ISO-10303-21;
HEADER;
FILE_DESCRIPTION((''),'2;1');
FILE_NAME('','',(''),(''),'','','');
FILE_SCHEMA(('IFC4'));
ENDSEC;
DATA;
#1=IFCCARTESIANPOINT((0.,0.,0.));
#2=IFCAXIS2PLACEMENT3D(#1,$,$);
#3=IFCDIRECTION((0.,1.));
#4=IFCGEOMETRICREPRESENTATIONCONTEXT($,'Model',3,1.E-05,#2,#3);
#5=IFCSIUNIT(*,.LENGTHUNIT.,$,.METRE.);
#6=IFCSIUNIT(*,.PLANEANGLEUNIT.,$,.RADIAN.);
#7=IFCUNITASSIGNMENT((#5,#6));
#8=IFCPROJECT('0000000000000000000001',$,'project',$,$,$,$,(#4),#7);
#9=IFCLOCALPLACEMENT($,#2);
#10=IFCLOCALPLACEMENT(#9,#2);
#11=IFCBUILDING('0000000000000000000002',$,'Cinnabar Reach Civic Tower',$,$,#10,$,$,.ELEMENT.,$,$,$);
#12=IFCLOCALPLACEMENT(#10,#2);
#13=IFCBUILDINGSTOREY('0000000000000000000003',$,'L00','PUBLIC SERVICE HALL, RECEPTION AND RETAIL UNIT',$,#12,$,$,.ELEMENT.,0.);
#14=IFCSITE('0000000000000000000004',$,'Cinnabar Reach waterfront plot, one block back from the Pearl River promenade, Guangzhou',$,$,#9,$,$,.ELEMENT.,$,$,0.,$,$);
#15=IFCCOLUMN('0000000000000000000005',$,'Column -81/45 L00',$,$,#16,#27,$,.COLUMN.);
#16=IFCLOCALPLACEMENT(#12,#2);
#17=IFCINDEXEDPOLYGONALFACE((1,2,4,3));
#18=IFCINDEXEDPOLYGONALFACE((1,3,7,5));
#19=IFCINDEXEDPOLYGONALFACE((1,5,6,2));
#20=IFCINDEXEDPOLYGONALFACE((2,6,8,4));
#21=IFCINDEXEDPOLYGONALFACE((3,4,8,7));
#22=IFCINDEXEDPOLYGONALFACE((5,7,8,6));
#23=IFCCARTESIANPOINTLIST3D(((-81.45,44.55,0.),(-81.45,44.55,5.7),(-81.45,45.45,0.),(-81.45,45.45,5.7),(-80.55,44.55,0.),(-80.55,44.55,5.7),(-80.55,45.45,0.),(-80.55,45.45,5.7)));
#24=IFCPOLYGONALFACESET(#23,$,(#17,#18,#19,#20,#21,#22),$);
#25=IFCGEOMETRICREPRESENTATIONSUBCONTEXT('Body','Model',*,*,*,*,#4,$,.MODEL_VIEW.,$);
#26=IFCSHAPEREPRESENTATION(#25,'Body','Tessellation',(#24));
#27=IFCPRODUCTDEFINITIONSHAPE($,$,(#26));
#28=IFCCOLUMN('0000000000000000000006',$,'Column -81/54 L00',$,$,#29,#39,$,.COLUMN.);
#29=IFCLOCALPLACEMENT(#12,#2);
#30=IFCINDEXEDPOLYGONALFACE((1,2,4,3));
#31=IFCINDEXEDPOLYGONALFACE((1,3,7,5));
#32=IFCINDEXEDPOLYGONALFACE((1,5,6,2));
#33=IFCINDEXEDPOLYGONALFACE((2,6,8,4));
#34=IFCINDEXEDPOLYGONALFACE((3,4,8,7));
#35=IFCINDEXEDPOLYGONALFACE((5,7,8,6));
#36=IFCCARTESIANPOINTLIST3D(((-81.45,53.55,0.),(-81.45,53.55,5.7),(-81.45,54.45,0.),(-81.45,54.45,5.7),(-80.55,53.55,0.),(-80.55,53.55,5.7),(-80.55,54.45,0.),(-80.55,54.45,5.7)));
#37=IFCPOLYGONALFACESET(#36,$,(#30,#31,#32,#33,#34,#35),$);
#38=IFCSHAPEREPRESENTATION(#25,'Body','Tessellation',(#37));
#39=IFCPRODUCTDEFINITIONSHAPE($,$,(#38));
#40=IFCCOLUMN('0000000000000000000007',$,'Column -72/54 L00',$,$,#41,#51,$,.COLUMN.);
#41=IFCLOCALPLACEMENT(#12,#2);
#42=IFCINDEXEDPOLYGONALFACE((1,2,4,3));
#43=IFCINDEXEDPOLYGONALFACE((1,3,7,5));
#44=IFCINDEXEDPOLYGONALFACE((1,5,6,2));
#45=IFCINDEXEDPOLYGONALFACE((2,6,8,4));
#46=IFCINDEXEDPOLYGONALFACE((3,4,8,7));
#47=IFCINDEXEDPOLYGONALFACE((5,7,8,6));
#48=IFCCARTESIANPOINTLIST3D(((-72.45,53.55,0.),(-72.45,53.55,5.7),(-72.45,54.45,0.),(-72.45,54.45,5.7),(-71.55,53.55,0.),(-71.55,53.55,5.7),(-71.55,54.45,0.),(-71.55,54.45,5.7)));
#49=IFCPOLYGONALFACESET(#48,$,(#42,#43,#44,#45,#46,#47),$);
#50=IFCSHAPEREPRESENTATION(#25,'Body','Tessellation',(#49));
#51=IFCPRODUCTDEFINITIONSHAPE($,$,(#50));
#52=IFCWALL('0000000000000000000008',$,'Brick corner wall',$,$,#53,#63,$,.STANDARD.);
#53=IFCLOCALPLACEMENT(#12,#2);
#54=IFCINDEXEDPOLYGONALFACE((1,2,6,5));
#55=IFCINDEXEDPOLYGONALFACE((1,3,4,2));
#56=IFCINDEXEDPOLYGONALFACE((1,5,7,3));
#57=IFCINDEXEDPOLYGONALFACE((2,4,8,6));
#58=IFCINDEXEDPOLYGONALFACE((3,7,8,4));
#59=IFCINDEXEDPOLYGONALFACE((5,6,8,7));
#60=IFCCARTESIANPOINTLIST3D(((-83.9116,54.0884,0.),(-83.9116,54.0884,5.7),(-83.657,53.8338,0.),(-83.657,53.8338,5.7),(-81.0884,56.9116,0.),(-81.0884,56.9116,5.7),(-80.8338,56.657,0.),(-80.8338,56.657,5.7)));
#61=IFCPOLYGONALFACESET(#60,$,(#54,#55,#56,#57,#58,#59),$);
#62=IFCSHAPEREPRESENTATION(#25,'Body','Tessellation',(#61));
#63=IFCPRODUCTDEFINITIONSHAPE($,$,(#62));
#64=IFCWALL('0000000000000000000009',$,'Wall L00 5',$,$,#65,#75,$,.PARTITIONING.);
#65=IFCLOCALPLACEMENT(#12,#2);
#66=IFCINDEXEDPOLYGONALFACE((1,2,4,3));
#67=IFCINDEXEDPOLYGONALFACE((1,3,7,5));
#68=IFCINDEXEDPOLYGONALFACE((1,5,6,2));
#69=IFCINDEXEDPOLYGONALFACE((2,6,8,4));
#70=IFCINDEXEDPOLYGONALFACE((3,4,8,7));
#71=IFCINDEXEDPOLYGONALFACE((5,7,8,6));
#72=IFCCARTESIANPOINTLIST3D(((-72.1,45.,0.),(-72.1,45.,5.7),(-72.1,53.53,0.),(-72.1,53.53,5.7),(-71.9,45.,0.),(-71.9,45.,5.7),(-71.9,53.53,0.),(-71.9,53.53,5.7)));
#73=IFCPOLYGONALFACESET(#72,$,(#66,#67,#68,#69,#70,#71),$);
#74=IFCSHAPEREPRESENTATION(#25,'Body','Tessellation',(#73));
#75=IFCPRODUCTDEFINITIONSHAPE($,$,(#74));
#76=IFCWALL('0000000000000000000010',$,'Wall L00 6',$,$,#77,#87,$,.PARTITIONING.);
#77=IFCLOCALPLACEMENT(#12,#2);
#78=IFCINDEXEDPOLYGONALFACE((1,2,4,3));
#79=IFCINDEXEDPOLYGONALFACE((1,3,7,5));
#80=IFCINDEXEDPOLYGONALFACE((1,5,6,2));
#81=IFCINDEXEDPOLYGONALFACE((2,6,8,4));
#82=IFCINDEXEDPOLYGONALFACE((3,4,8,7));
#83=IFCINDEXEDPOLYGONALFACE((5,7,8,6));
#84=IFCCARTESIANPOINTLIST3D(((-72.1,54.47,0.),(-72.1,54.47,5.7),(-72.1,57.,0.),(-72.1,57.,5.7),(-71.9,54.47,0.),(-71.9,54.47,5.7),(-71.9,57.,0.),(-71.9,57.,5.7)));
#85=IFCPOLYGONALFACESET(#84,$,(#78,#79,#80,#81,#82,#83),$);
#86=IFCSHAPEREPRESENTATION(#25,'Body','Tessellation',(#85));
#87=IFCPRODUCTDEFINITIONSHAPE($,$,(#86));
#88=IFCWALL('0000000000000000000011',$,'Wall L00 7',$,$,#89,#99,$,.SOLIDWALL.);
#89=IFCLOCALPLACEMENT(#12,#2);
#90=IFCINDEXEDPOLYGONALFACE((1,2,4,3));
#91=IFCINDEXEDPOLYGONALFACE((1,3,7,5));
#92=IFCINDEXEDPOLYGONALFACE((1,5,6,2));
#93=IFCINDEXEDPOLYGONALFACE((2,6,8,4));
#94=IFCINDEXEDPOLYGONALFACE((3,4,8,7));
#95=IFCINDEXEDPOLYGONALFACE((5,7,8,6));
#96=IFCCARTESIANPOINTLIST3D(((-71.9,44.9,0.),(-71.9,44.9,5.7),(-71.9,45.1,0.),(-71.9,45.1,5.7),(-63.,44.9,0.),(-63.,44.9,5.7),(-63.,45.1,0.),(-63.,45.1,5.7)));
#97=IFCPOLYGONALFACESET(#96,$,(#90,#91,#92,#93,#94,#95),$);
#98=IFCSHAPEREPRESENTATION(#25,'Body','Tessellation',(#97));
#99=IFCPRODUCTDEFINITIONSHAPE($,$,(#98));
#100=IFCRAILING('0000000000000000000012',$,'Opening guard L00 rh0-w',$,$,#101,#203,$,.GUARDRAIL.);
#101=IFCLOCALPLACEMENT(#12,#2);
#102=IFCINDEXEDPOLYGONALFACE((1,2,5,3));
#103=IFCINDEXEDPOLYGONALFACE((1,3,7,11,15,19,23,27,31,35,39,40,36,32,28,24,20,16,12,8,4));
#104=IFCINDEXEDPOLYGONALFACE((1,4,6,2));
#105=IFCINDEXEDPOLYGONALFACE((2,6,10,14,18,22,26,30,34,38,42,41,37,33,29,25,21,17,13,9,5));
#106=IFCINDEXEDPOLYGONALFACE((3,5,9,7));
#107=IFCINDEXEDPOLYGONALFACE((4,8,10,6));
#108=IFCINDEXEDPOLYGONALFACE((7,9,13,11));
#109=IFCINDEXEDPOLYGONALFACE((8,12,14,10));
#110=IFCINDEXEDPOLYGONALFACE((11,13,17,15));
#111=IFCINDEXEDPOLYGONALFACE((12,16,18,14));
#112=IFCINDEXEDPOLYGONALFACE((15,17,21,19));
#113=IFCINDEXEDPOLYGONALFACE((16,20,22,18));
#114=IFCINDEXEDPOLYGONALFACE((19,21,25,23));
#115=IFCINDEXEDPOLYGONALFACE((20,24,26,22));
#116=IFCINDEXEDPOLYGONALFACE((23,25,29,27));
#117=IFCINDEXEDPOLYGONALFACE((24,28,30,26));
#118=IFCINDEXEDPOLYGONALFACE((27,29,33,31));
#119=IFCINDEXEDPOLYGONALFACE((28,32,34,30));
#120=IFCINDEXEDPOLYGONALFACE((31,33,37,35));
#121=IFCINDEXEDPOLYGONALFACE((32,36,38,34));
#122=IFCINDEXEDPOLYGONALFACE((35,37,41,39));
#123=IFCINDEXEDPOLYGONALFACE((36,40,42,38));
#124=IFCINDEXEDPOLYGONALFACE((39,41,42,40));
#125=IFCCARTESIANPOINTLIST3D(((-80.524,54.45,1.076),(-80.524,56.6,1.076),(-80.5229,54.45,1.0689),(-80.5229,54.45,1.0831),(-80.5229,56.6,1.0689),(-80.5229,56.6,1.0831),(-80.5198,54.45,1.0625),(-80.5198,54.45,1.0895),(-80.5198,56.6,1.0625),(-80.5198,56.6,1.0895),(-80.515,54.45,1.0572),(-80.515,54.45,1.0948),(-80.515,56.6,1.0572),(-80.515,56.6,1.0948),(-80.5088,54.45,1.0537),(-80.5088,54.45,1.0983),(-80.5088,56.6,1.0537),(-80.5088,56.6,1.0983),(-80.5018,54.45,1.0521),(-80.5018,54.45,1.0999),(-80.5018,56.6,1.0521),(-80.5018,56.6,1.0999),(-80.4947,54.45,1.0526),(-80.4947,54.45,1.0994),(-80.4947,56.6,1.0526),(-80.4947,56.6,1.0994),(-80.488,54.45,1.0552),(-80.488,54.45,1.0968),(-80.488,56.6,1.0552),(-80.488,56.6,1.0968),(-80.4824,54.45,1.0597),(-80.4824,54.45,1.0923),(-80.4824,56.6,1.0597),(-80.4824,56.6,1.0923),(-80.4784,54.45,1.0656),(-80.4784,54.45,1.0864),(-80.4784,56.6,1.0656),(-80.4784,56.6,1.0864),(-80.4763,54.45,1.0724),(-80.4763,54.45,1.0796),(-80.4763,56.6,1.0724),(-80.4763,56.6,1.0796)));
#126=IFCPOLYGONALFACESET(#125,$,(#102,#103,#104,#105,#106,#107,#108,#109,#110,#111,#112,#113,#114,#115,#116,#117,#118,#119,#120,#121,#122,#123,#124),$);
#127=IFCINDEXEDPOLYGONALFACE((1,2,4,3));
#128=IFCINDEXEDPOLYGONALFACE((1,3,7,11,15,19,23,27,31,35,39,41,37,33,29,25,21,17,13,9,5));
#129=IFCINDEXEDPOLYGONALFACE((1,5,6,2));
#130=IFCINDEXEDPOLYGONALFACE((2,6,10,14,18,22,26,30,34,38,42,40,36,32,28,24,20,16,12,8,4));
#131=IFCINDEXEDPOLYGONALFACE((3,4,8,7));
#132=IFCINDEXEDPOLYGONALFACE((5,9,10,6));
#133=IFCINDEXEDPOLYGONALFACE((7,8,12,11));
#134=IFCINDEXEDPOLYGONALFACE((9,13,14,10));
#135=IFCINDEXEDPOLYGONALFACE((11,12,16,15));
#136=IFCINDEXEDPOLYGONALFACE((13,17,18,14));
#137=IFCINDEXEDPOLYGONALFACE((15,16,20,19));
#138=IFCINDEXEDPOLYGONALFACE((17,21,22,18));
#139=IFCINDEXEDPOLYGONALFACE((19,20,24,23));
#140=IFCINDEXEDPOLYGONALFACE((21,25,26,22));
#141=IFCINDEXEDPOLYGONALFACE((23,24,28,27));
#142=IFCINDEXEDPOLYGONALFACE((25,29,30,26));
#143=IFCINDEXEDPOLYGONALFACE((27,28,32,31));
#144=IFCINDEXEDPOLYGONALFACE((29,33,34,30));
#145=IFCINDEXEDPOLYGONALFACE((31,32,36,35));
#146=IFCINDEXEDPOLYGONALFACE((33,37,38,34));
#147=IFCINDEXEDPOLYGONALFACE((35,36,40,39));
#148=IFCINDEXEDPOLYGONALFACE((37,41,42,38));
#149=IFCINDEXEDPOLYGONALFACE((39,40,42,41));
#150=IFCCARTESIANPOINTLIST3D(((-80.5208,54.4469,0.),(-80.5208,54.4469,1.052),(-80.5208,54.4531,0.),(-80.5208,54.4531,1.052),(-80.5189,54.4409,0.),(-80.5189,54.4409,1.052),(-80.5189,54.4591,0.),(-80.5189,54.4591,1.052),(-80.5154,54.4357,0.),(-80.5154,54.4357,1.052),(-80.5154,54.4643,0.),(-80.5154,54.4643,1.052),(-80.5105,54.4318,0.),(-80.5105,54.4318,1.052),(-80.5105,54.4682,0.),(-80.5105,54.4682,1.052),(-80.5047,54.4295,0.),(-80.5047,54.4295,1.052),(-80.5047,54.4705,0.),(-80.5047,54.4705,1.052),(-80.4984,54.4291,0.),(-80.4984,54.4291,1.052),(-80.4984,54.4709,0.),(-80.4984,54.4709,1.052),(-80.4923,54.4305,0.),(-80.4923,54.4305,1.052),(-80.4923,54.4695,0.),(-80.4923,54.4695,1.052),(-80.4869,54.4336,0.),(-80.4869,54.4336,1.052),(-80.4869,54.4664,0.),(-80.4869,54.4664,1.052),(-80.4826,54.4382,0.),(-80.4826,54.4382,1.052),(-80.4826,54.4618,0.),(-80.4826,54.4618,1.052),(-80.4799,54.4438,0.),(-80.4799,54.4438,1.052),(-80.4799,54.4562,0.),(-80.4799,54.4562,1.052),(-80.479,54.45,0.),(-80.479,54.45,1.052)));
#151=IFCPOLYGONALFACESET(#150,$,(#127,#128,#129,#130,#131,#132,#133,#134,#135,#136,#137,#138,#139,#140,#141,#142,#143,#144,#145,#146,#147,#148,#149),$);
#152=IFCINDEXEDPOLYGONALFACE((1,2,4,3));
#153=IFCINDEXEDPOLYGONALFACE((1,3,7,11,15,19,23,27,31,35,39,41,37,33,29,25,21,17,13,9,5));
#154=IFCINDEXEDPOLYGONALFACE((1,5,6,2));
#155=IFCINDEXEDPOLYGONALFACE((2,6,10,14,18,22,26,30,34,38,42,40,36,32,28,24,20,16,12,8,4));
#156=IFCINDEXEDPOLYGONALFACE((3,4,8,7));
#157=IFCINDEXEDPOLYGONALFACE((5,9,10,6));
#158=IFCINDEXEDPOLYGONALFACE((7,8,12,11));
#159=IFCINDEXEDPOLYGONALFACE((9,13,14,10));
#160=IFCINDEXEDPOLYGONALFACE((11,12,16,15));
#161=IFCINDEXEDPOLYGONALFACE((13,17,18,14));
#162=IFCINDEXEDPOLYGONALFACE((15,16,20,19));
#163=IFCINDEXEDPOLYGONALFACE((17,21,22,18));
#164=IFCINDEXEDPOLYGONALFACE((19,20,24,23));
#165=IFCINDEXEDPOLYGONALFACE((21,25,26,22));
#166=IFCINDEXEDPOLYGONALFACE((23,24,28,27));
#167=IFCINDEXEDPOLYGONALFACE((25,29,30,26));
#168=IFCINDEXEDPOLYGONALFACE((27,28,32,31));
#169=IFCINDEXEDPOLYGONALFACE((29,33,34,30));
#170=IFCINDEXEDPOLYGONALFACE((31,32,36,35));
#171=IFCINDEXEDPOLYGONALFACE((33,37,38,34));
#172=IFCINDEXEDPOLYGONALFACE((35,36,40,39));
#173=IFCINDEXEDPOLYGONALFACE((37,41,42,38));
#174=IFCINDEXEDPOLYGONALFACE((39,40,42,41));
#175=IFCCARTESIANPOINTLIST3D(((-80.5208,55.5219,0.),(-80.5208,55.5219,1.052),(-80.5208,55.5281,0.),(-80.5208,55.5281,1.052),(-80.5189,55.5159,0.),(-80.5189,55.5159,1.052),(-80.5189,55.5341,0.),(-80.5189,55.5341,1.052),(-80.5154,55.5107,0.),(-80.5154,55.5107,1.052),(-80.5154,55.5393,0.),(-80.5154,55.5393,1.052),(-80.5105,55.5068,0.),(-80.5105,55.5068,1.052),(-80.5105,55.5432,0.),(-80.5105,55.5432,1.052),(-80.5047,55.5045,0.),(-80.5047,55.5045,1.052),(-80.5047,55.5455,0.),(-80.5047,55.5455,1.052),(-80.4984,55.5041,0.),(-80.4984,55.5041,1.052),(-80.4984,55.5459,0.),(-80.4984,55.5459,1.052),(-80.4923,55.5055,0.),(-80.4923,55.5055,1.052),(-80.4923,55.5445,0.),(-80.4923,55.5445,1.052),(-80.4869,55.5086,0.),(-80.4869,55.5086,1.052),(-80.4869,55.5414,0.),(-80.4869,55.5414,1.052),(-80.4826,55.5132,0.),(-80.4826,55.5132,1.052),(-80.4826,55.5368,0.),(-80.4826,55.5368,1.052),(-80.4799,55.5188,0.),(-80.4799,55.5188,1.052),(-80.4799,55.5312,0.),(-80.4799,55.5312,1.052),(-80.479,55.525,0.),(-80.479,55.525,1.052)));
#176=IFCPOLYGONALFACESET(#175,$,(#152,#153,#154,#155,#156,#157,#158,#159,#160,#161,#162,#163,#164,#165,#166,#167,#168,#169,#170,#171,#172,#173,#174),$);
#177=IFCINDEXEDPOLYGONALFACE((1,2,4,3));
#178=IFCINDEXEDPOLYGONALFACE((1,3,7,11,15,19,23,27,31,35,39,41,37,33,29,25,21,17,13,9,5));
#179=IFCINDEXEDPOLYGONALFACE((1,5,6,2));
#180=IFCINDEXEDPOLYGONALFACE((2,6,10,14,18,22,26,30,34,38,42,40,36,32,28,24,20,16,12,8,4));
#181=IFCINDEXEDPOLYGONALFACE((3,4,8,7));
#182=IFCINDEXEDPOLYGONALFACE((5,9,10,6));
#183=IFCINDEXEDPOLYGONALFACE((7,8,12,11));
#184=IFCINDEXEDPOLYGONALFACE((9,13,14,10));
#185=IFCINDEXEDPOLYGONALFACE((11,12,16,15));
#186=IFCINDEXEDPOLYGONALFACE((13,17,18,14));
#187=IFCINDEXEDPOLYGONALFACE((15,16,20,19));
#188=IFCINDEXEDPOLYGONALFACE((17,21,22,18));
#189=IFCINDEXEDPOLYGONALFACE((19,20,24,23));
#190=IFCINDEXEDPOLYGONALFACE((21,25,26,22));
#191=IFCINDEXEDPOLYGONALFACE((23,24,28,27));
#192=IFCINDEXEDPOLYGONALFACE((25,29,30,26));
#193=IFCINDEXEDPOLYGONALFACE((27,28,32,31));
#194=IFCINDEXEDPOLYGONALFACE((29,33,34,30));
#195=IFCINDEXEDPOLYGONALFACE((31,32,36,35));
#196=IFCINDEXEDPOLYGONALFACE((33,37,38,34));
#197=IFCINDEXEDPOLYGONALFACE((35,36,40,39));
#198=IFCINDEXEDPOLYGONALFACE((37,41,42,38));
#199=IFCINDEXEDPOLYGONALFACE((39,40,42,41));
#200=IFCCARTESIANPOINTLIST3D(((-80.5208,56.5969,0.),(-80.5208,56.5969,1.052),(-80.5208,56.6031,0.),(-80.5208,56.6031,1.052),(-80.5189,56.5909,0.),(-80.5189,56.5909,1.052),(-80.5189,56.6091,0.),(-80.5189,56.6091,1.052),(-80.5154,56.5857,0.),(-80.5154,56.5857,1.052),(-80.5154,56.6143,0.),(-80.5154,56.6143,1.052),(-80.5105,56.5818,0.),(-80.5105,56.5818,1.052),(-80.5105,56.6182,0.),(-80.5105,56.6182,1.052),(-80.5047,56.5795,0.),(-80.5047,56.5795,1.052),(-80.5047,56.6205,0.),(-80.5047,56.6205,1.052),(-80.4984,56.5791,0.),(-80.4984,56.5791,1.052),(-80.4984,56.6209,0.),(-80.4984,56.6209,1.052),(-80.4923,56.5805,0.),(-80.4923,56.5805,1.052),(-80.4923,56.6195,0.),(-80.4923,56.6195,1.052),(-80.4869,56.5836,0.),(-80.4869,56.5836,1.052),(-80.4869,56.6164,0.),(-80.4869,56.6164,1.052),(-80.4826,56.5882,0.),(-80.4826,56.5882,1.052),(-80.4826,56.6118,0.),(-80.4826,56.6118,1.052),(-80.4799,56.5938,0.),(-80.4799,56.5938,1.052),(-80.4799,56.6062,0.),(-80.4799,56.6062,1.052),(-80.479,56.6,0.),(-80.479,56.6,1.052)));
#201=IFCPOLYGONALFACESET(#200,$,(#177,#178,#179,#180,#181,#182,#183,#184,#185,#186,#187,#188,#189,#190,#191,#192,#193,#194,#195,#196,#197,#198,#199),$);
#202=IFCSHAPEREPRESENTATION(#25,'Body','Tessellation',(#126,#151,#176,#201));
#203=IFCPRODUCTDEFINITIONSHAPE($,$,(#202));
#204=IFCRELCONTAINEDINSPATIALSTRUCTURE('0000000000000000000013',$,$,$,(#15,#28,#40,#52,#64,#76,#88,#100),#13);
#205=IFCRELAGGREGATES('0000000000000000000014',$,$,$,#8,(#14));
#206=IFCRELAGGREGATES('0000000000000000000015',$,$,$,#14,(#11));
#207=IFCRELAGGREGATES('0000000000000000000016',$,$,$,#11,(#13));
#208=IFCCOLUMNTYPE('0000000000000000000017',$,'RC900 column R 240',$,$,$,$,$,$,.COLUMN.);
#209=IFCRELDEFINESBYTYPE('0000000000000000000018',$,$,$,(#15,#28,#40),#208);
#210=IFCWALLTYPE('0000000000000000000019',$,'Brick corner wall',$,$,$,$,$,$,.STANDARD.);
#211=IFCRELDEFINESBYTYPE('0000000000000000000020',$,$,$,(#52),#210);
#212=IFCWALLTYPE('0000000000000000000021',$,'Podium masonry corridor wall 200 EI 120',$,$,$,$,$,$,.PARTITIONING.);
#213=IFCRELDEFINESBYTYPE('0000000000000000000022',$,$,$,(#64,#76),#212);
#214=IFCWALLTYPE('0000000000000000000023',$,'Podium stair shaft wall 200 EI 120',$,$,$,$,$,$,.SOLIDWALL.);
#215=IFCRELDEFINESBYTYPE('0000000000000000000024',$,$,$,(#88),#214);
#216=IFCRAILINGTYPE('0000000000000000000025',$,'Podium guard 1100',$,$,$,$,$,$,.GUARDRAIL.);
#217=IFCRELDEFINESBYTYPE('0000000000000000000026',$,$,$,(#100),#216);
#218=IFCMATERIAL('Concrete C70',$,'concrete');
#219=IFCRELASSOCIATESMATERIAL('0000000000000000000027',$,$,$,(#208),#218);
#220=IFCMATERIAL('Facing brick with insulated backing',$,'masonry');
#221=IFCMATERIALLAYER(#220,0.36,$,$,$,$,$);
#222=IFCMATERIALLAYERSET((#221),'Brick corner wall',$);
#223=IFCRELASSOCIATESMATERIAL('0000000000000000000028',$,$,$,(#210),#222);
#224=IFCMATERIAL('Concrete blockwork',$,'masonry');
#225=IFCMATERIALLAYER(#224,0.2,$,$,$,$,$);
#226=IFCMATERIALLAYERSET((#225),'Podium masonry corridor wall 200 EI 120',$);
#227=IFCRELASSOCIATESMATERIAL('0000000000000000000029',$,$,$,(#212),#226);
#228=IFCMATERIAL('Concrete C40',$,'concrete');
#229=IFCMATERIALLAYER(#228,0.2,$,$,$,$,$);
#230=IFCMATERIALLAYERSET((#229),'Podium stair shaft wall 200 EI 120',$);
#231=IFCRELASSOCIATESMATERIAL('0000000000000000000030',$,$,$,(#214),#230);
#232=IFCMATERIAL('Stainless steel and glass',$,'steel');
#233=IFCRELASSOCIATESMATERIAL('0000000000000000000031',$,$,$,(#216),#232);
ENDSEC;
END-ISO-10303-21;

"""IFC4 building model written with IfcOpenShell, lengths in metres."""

from ifc_helpers import new_model, si_unit, direction, frame, frame_2d, origin, origin_2d, place, context, subcontext, project, spatial, rectangle, circle, extrude, material, layer, layer_set, material_profile, profile_set, type_object, element, save


model = new_model("IFC4")

# Units and contexts
model_context = context("Model", 3, precision=1e-05, world=origin(), true_north=direction((0.0, 1.0)))
body_context = subcontext(model_context, "Body", "Model", "MODEL_VIEW")
ifc_project = project(units=[si_unit("LENGTHUNIT", "METRE"), si_unit("PLANEANGLEUNIT", "RADIAN")], contexts=[model_context])

# Site, building, storey
site_placement = place(None, origin())
site = spatial("IfcSite", under=ifc_project, at=site_placement, Name="Cinnabar Reach waterfront plot, one block back from the Pearl River promenade, Guangzhou", CompositionType="ELEMENT", RefElevation=0.0)
building_placement = place(site_placement, origin())
building = spatial("IfcBuilding", under=site, at=building_placement, Name="Cinnabar Reach Civic Tower", CompositionType="ELEMENT")
storey_placement = place(building_placement, origin())
storey = spatial("IfcBuildingStorey", under=building, at=storey_placement, Name="L00", Description="PUBLIC SERVICE HALL, RECEPTION AND RETAIL UNIT", CompositionType="ELEMENT", Elevation=0.0)

# Columns
ifc_material_1 = material(Name="Concrete C70", Category="concrete")
ifc_material_profile = material_profile(ifc_material_1, rectangle(XDim=0.9, YDim=0.9, at=origin_2d()), Name="RC900")
ifc_profile_set = profile_set([ifc_material_profile], Name="Concrete C70")
column_type = type_object("IfcColumnType", Name="RC900 column R 240", PredefinedType="COLUMN", material=ifc_profile_set)
for number, where, z_axis, x_axis, name in (
    (1, (-81.0, 45.0, 0.0), (0.0, 0.0, 1.0), (1.0, 0.0, 0.0), "Column -81/45 L00"),
    (2, (-81.0, 54.0, 0.0), (0.0, 0.0, 1.0), (1.0, 0.0, 0.0), "Column -81/54 L00"),
    (3, (-72.0, 54.0, 0.0), (0.0, 0.0, 1.0), (1.0, 0.0, 0.0), "Column -72/54 L00"),
):
    element("IfcColumn", number, at=place(storey_placement, frame(where, z_axis=z_axis, x_axis=x_axis)), inside=storey, type_object=column_type, Name=name, PredefinedType="COLUMN", context=body_context, shape_type="SweptSolid", body=[
        extrude(rectangle(XDim=0.9, YDim=0.9, at=origin_2d()), origin(), (0.0, 0.0, 1.0), 5.7),
    ])

# Wall
ifc_material_2 = material(Name="Facing brick with insulated backing", Category="masonry")
ifc_layer_1 = layer(ifc_material_2, 0.36)
ifc_layer_set_1 = layer_set([ifc_layer_1], Name="Brick corner wall")
wall_type_1 = type_object("IfcWallType", Name="Brick corner wall", PredefinedType="STANDARD", material=ifc_layer_set_1)
wall_1_placement = place(storey_placement, frame((-80.9611, 56.7843, 0.0), z_axis=(0.0, 0.0, 1.0), x_axis=(-0.707107, -0.707107, 0.0)))
element("IfcWall", 4, at=wall_1_placement, inside=storey, type_object=wall_type_1, Name="Brick corner wall", PredefinedType="STANDARD", context=body_context, shape_type="SweptSolid", body=[
    extrude(rectangle(XDim=3.9926, YDim=0.36, at=frame_2d((1.9963, 0.0))), origin(), (0.0, 0.0, 1.0), 5.7),
])

# Walls
ifc_material_3 = material(Name="Concrete blockwork", Category="masonry")
ifc_layer_2 = layer(ifc_material_3, 0.2)
ifc_layer_set_2 = layer_set([ifc_layer_2], Name="Podium masonry corridor wall 200 EI 120")
wall_type_2 = type_object("IfcWallType", Name="Podium masonry corridor wall 200 EI 120", PredefinedType="PARTITIONING", material=ifc_layer_set_2)
wall_2_placement = place(storey_placement, frame((-72.0, 45.0, 0.0), z_axis=(0.0, 0.0, 1.0), x_axis=(0.0, 1.0, 0.0)))
element("IfcWall", 5, at=wall_2_placement, inside=storey, type_object=wall_type_2, Name="Wall L00 5", PredefinedType="PARTITIONING", context=body_context, shape_type="SweptSolid", body=[
    extrude(rectangle(XDim=8.53, YDim=0.2, at=frame_2d((4.265, 0.0))), origin(), (0.0, 0.0, 1.0), 5.7),
])
wall_3_placement = place(storey_placement, frame((-72.0, 54.47, 0.0), z_axis=(0.0, 0.0, 1.0), x_axis=(0.0, 1.0, 0.0)))
element("IfcWall", 6, at=wall_3_placement, inside=storey, type_object=wall_type_2, Name="Wall L00 6", PredefinedType="PARTITIONING", context=body_context, shape_type="SweptSolid", body=[
    extrude(rectangle(XDim=2.53, YDim=0.2, at=frame_2d((1.265, 0.0))), origin(), (0.0, 0.0, 1.0), 5.7),
])
ifc_material_4 = material(Name="Concrete C40", Category="concrete")
ifc_layer_3 = layer(ifc_material_4, 0.2)
ifc_layer_set_3 = layer_set([ifc_layer_3], Name="Podium stair shaft wall 200 EI 120")
wall_type_3 = type_object("IfcWallType", Name="Podium stair shaft wall 200 EI 120", PredefinedType="SOLIDWALL", material=ifc_layer_set_3)
wall_4_placement = place(storey_placement, frame((-71.9, 45.0, 0.0), z_axis=(0.0, 0.0, 1.0), x_axis=(1.0, 0.0, 0.0)))
element("IfcWall", 7, at=wall_4_placement, inside=storey, type_object=wall_type_3, Name="Wall L00 7", PredefinedType="SOLIDWALL", context=body_context, shape_type="SweptSolid", body=[
    extrude(rectangle(XDim=8.9, YDim=0.2, at=frame_2d((4.45, 0.0))), origin(), (0.0, 0.0, 1.0), 5.7),
])

# Railing
ifc_material_5 = material(Name="Stainless steel and glass", Category="steel")
railing_type = type_object("IfcRailingType", Name="Podium guard 1100", PredefinedType="GUARDRAIL", material=ifc_material_5)
for number, where, name in (
    (8, (-80.5, 54.45, 0.0), "Opening guard L00 rh0-w"),
):
    element("IfcRailing", number, at=place(storey_placement, frame(where)), inside=storey, type_object=railing_type, Name=name, PredefinedType="GUARDRAIL", context=body_context, shape_type="SweptSolid", body=[
        extrude(circle(Radius=0.024, at=origin_2d()), frame((0.0, 0.0, 1.076), z_axis=(0.0, 1.0, 0.0), x_axis=(-1.0, 0.0, 0.0)), (0.0, 0.0, 1.0), 2.15),
        extrude(circle(Radius=0.021, at=origin_2d()), origin(), (0.0, 0.0, 1.0), 1.052),
        extrude(circle(Radius=0.021, at=origin_2d()), frame((0.0, 1.075, 0.0)), (0.0, 0.0, 1.0), 1.052),
        extrude(circle(Radius=0.021, at=origin_2d()), frame((0.0, 2.15, 0.0)), (0.0, 0.0, 1.0), 1.052),
    ])

save(model, "model.ifc")
